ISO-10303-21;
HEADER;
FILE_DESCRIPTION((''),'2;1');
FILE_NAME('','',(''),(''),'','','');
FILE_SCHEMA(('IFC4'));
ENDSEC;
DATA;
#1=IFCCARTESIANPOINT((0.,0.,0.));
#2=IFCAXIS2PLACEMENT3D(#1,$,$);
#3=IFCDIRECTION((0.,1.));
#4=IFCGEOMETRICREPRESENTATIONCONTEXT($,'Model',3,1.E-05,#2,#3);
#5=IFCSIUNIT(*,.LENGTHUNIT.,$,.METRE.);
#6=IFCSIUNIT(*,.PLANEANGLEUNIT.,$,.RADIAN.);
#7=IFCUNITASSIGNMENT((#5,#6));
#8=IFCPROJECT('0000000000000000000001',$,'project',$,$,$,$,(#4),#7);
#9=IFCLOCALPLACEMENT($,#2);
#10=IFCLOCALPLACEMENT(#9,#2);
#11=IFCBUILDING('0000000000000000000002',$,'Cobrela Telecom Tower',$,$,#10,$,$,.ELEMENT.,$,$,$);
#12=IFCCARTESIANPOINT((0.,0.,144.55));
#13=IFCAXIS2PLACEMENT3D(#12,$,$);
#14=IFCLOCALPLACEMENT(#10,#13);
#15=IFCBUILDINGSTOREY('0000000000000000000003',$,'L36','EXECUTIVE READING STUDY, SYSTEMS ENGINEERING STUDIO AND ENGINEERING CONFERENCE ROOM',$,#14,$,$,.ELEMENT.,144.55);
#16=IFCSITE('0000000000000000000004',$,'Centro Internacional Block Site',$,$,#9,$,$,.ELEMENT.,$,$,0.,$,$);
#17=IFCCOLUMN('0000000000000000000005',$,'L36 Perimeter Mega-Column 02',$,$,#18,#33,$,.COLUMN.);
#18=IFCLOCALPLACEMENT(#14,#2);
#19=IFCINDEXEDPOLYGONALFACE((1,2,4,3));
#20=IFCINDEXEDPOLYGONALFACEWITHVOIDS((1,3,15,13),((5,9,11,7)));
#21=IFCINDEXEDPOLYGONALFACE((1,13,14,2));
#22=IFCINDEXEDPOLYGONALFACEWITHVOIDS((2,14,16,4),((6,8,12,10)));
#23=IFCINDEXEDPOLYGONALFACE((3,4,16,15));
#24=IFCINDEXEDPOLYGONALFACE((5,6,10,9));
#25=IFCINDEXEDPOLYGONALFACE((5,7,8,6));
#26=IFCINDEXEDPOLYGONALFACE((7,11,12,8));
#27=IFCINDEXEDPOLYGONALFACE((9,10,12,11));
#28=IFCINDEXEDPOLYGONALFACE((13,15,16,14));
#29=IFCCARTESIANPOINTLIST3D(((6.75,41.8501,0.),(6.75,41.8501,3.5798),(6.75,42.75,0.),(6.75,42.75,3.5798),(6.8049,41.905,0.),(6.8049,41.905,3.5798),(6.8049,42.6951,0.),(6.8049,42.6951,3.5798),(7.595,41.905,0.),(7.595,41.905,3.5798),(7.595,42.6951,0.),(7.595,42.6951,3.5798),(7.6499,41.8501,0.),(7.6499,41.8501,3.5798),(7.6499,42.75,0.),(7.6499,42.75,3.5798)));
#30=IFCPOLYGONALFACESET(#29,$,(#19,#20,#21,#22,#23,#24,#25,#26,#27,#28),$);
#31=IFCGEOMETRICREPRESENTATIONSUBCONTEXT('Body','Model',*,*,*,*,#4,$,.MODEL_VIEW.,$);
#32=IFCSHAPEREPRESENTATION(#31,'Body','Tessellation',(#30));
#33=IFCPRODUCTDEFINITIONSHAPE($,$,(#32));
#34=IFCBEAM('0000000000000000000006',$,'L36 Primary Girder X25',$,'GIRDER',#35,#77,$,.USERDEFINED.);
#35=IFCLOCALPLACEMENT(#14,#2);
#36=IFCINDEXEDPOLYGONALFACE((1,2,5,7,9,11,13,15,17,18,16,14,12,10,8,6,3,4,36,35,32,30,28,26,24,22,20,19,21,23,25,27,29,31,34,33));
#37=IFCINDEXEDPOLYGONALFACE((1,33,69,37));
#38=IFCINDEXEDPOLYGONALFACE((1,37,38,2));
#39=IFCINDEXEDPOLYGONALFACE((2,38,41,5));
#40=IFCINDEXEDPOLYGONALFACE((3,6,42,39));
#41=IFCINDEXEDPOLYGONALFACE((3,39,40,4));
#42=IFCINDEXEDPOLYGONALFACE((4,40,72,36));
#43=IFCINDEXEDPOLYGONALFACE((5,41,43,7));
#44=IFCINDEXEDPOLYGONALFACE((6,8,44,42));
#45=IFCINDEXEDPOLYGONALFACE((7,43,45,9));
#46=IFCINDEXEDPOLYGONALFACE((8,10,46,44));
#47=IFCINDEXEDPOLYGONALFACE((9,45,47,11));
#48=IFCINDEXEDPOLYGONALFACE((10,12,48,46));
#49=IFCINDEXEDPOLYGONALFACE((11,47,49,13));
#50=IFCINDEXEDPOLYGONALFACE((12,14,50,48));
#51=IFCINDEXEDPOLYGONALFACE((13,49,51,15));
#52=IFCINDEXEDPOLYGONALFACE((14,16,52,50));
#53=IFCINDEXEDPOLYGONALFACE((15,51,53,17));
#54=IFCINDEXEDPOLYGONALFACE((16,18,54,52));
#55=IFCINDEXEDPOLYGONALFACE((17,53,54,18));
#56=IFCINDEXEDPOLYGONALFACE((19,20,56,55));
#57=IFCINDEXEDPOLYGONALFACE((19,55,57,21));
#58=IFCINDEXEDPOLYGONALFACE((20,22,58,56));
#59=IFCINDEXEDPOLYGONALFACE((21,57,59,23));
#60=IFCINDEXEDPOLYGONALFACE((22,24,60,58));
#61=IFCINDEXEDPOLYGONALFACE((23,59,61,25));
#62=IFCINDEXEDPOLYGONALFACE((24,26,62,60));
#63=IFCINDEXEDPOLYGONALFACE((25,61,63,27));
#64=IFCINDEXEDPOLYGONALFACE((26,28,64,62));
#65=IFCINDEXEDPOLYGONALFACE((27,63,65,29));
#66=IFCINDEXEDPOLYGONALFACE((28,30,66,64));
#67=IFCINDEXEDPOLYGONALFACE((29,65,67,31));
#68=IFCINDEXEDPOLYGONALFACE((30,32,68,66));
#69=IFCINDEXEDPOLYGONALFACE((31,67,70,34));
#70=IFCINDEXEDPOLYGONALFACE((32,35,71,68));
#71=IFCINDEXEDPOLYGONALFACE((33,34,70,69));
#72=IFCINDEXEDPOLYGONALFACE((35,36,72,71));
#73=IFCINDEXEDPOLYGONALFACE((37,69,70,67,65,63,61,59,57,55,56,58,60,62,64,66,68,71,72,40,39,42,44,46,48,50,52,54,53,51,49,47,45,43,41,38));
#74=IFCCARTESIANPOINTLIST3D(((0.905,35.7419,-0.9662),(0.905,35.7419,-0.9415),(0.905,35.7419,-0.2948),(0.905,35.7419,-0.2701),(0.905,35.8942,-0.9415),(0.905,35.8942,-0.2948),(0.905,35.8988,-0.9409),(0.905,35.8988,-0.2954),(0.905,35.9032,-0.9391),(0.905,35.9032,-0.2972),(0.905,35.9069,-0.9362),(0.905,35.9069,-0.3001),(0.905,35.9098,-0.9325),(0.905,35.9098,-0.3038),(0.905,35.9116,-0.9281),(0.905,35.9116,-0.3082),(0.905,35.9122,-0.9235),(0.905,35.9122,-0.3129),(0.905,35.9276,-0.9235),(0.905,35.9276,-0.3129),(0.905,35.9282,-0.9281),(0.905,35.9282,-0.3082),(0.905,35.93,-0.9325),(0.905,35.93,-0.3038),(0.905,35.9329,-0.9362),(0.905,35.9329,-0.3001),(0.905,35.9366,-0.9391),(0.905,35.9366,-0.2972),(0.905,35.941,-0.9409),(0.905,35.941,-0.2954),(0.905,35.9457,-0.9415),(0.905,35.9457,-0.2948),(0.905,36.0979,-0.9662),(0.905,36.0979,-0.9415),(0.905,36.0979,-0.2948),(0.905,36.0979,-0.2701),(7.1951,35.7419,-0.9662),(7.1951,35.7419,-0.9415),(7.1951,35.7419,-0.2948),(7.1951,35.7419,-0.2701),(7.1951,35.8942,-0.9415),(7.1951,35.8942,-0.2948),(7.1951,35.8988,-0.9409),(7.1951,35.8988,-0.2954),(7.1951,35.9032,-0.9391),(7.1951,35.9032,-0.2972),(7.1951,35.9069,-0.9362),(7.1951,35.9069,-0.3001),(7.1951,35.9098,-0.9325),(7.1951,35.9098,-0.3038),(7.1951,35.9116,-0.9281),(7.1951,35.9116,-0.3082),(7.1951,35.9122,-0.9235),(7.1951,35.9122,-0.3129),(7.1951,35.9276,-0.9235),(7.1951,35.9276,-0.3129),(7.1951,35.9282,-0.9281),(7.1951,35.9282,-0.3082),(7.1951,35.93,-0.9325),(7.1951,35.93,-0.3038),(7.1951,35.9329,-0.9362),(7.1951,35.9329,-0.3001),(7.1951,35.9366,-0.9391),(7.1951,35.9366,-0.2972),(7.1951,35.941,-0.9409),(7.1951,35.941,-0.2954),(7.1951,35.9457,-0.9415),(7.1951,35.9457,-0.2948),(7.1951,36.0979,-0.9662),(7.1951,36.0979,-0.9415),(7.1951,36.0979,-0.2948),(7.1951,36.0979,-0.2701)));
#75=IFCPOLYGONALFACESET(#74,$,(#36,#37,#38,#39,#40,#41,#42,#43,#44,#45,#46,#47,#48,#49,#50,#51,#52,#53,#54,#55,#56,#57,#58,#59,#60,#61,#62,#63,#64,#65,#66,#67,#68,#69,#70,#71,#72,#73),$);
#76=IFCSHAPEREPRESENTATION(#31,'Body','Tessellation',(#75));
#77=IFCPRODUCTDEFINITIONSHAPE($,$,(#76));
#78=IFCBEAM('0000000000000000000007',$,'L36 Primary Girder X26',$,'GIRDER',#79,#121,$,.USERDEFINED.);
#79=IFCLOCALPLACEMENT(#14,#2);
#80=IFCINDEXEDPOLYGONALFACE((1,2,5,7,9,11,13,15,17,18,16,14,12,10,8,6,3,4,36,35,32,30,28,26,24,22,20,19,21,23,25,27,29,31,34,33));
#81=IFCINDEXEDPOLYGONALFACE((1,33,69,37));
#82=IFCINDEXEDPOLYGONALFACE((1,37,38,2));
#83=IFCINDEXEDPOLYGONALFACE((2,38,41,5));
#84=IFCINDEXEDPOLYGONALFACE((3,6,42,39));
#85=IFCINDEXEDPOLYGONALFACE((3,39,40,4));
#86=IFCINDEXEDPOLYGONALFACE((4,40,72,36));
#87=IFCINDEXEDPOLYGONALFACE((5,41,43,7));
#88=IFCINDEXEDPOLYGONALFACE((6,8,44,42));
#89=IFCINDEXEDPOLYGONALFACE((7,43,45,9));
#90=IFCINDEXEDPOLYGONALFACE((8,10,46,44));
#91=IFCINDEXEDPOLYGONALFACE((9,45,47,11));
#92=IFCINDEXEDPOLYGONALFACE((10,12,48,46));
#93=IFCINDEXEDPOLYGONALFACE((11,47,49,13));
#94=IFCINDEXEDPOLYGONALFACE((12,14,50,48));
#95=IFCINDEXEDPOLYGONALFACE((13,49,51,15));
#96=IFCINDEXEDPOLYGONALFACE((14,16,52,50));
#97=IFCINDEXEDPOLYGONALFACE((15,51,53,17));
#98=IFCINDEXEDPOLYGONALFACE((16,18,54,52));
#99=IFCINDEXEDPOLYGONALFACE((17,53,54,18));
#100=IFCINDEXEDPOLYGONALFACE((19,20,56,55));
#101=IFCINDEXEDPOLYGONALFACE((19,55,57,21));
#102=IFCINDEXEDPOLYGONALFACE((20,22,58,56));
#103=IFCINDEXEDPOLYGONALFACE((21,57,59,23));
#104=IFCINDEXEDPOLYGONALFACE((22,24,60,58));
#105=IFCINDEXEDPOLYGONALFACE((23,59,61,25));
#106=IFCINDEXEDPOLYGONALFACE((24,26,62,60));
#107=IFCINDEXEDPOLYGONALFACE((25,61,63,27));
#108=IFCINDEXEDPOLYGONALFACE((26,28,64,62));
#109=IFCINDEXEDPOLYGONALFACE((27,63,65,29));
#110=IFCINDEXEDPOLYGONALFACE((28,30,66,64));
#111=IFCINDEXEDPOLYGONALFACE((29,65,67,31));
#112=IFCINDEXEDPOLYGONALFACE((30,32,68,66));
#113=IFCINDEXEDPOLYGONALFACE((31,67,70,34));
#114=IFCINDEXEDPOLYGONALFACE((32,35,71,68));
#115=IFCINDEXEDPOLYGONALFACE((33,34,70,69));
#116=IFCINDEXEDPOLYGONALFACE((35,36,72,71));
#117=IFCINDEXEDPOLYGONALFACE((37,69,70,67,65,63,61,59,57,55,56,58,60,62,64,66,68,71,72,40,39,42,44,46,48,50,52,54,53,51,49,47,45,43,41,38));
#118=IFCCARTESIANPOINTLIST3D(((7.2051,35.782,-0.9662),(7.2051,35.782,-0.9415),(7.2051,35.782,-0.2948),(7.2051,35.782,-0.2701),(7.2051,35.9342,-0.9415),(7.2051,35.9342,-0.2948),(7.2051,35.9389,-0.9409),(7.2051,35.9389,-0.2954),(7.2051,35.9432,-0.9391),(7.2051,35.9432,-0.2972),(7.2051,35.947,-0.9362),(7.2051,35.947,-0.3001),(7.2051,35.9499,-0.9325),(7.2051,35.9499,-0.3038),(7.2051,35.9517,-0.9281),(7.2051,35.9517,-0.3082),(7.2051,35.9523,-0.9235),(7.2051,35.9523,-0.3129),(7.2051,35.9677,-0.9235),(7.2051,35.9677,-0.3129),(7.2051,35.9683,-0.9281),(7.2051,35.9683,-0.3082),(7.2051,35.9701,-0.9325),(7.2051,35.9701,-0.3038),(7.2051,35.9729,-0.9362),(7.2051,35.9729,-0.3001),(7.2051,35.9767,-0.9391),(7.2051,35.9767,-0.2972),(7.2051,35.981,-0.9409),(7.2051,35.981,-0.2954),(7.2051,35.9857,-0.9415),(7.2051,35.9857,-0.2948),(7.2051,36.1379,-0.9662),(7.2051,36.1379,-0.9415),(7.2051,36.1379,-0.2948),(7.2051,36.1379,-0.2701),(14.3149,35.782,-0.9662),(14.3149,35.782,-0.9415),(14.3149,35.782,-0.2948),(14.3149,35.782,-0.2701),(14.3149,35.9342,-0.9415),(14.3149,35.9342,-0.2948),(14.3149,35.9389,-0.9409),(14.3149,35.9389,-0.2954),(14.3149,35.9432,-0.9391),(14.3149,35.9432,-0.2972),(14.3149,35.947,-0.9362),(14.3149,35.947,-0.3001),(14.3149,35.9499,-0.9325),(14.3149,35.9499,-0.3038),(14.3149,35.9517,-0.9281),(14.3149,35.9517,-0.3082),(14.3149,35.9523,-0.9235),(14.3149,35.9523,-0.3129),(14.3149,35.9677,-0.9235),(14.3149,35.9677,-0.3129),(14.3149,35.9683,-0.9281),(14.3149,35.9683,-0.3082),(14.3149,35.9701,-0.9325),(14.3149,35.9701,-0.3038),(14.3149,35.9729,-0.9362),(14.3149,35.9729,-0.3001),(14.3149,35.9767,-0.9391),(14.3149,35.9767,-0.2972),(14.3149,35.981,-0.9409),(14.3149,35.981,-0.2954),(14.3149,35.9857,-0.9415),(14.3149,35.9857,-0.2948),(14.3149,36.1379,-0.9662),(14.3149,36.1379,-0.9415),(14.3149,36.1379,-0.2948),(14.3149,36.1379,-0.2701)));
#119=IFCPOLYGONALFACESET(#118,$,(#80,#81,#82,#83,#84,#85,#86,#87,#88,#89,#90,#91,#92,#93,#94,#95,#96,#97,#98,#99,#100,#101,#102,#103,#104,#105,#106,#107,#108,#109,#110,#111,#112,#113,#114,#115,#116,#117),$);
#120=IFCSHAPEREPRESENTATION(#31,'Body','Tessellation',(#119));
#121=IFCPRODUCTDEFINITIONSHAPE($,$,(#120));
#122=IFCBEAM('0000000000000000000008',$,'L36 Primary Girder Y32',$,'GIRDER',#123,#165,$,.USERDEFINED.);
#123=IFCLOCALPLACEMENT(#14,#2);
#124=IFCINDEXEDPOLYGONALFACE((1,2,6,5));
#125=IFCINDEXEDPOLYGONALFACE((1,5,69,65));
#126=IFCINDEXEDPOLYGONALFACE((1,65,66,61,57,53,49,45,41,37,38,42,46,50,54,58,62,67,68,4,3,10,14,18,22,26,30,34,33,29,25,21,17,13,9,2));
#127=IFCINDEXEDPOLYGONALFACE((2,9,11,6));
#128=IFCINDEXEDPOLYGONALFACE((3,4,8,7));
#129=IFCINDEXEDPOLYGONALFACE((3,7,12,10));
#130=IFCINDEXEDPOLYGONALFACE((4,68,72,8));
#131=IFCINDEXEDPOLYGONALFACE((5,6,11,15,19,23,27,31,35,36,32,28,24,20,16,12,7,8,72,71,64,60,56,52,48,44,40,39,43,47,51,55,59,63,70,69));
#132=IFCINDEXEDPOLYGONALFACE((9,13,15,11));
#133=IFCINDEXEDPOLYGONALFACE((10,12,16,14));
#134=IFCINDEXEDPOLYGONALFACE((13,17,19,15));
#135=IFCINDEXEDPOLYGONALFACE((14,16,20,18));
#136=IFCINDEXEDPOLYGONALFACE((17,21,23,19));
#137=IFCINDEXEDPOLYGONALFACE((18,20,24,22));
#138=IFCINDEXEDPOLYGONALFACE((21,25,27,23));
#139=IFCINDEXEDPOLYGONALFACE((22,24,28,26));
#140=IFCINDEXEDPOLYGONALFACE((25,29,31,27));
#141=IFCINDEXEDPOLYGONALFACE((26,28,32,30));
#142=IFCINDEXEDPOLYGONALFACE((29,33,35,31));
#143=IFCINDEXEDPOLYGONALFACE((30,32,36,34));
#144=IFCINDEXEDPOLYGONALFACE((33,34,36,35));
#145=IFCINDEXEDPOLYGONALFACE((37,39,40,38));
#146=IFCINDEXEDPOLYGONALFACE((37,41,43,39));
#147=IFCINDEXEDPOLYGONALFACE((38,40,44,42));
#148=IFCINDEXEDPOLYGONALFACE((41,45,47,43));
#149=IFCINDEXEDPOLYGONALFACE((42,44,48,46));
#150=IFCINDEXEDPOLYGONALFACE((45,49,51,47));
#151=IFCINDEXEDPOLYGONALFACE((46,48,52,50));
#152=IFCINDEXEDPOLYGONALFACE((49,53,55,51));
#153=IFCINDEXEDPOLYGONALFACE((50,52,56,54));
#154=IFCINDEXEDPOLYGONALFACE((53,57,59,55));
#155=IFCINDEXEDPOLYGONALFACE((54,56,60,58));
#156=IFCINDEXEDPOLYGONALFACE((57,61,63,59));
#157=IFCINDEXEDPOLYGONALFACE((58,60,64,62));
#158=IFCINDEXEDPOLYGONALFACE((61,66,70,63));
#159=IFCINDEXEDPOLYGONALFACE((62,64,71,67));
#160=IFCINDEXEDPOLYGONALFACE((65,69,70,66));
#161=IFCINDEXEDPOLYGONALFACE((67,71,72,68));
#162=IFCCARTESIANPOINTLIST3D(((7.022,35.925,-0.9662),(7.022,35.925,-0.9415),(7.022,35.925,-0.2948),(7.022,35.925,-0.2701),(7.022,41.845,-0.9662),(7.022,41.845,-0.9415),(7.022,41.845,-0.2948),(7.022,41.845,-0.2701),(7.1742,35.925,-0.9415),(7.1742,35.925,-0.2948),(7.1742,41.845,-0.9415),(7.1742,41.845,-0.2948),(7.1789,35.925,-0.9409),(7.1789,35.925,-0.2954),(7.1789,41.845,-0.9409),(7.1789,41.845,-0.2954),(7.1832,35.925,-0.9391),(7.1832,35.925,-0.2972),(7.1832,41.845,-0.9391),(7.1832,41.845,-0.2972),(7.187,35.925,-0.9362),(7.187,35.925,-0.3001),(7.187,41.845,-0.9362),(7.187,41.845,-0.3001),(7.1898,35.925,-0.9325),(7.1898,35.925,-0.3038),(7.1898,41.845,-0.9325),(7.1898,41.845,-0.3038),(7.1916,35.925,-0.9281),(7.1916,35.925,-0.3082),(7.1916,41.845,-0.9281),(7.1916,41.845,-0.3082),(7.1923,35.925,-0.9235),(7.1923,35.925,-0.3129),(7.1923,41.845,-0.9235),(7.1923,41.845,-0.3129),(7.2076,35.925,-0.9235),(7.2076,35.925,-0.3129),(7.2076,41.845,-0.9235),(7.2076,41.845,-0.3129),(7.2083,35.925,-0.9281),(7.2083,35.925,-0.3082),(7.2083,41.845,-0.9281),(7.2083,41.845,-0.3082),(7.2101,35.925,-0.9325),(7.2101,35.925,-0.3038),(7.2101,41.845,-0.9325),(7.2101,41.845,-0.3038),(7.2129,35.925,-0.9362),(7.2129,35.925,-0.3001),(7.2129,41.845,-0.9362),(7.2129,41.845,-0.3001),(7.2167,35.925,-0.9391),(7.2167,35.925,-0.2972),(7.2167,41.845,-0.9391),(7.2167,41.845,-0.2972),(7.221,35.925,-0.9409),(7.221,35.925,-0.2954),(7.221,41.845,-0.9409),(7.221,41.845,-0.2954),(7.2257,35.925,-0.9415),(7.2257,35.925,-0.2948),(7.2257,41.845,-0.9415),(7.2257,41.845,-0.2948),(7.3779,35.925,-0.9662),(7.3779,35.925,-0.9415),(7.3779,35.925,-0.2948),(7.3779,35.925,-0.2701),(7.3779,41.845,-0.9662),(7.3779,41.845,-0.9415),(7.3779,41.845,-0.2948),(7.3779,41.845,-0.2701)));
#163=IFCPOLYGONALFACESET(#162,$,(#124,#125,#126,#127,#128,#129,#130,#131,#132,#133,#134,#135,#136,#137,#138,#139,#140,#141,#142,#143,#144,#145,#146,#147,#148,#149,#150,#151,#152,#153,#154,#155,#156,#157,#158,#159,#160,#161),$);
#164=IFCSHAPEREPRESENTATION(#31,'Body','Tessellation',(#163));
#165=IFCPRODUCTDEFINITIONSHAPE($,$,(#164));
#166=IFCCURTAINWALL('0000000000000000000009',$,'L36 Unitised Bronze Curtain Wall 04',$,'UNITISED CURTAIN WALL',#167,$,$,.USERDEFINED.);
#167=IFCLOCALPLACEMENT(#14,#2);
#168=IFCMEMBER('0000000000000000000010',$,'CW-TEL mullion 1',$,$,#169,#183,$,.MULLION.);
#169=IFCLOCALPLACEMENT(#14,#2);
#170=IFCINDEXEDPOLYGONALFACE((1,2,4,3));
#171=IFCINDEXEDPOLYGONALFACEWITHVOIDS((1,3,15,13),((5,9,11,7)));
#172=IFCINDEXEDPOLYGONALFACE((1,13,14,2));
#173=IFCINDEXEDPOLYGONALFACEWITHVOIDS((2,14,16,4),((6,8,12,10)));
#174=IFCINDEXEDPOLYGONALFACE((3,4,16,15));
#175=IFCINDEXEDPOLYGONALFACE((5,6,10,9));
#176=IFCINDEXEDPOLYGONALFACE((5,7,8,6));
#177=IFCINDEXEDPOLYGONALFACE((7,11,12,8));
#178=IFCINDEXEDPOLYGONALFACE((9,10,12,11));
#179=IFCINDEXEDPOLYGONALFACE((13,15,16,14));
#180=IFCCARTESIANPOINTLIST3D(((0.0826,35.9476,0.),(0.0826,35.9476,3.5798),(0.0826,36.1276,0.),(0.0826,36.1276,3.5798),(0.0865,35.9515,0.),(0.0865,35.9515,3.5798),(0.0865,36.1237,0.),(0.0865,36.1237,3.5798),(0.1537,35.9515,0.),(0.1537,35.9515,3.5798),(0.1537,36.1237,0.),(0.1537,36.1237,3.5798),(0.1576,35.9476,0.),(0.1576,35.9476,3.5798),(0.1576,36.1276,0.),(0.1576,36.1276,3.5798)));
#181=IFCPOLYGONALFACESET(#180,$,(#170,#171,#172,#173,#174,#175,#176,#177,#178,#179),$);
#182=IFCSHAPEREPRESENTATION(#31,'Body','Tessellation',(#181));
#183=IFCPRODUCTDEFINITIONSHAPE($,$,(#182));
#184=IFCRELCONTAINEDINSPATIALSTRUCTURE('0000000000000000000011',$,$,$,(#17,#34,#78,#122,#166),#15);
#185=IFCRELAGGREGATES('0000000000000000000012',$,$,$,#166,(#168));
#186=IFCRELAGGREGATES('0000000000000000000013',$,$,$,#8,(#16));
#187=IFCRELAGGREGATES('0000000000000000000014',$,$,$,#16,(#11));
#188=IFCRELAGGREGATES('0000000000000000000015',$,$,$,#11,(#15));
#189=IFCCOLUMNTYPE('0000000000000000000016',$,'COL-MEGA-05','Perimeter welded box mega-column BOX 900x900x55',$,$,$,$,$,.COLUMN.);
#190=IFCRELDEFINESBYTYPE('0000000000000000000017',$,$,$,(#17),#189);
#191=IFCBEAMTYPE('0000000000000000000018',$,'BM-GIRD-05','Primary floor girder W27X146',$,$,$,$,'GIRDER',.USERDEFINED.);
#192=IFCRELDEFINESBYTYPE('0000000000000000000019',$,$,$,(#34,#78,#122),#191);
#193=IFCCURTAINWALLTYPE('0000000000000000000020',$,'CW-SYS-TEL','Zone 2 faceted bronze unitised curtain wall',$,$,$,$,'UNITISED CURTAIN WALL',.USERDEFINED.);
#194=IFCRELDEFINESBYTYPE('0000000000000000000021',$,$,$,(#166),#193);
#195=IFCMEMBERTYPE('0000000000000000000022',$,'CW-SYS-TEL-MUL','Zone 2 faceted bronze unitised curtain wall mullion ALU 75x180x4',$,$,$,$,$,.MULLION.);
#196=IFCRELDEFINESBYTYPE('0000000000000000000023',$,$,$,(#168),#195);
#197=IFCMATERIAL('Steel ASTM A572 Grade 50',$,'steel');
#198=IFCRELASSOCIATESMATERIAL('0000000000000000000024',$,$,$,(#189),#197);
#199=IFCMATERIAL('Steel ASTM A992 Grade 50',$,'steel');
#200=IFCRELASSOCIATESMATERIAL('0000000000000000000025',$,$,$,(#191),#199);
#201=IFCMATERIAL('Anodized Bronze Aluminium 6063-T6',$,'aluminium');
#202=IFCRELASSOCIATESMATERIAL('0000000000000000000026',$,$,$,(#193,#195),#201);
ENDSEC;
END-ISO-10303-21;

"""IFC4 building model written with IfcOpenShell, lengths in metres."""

from ifc_helpers import new_model, si_unit, direction, frame, origin, origin_2d, place, context, subcontext, project, spatial, hollow_rectangle, i_section, extrude, material, material_profile, profile_set, type_object, element, aggregate, save


model = new_model("IFC4")

# Units and contexts
model_context = context("Model", 3, precision=1e-05, world=origin(), true_north=direction((0.0, 1.0)))
body_context = subcontext(model_context, "Body", "Model", "MODEL_VIEW")
ifc_project = project(units=[si_unit("LENGTHUNIT", "METRE"), si_unit("PLANEANGLEUNIT", "RADIAN")], contexts=[model_context])

# Site, building, storey
site_placement = place(None, origin())
site = spatial("IfcSite", under=ifc_project, at=site_placement, Name="Centro Internacional Block Site", CompositionType="ELEMENT", RefElevation=0.0)
building_placement = place(site_placement, origin())
building = spatial("IfcBuilding", under=site, at=building_placement, Name="Cobrela Telecom Tower", CompositionType="ELEMENT")
storey_placement = place(building_placement, frame((0.0, 0.0, 144.55)))
storey = spatial("IfcBuildingStorey", under=building, at=storey_placement, Name="L36", Description="EXECUTIVE READING STUDY, SYSTEMS ENGINEERING STUDIO AND ENGINEERING CONFERENCE ROOM", CompositionType="ELEMENT", Elevation=144.55)

# Column
ifc_material_1 = material(Name="Steel ASTM A572 Grade 50", Category="steel")
ifc_material_profile_1 = material_profile(ifc_material_1, hollow_rectangle(XDim=0.8999, YDim=0.8999, WallThickness=0.0549, at=origin_2d()), Name="BOX 900x900x55")
ifc_profile_set_1 = profile_set([ifc_material_profile_1], Name="Steel ASTM A572 Grade 50")
column_type = type_object("IfcColumnType", Name="COL-MEGA-05", Description="Perimeter welded box mega-column BOX 900x900x55", PredefinedType="COLUMN", material=ifc_profile_set_1)
column_placement = place(storey_placement, frame((7.2, 42.3, 0.0), z_axis=(0.0, 0.0, 1.0), x_axis=(1.0, 0.0, 0.0)))
element("IfcColumn", 1, at=column_placement, inside=storey, type_object=column_type, Name="L36 Perimeter Mega-Column 02", PredefinedType="COLUMN", context=body_context, shape_type="SweptSolid", body=[
    extrude(hollow_rectangle(XDim=0.8999, YDim=0.8999, WallThickness=0.0549, at=origin_2d()), origin(), (0.0, 0.0, 1.0), 3.5798),
])

# Beams
ifc_material_2 = material(Name="Steel ASTM A992 Grade 50", Category="steel")
ifc_material_profile_2 = material_profile(ifc_material_2, i_section(OverallWidth=0.356, OverallDepth=0.696, WebThickness=0.0154, FlangeThickness=0.0247, FilletRadius=0.0181, at=origin_2d()), Name="W27X146")
ifc_profile_set_2 = profile_set([ifc_material_profile_2], Name="Steel ASTM A992 Grade 50")
beam_type = type_object("IfcBeamType", Name="BM-GIRD-05", Description="Primary floor girder W27X146", ElementType="GIRDER", PredefinedType="USERDEFINED", material=ifc_profile_set_2)
beam_1_placement = place(storey_placement, frame((0.905, 35.9199, -0.6182), z_axis=(1.0, 0.0, 0.0), x_axis=(0.0, 1.0, 0.0)))
element("IfcBeam", 2, at=beam_1_placement, inside=storey, type_object=beam_type, Name="L36 Primary Girder X25", ObjectType="GIRDER", PredefinedType="USERDEFINED", context=body_context, shape_type="SweptSolid", body=[
    extrude(i_section(OverallWidth=0.356, OverallDepth=0.696, WebThickness=0.0154, FlangeThickness=0.0247, FilletRadius=0.0181, at=origin_2d()), origin(), (0.0, 0.0, 1.0), 6.29),
])
beam_2_placement = place(storey_placement, frame((7.2051, 35.96, -0.6182), z_axis=(1.0, 0.0, 0.0), x_axis=(0.0, 1.0, 0.0)))
element("IfcBeam", 3, at=beam_2_placement, inside=storey, type_object=beam_type, Name="L36 Primary Girder X26", ObjectType="GIRDER", PredefinedType="USERDEFINED", context=body_context, shape_type="SweptSolid", body=[
    extrude(i_section(OverallWidth=0.356, OverallDepth=0.696, WebThickness=0.0154, FlangeThickness=0.0247, FilletRadius=0.0181, at=origin_2d()), origin(), (0.0, 0.0, 1.0), 7.1099),
])
beam_3_placement = place(storey_placement, frame((7.2, 35.925, -0.6182), z_axis=(0.0, 1.0, 0.0), x_axis=(-1.0, 0.0, 0.0)))
element("IfcBeam", 4, at=beam_3_placement, inside=storey, type_object=beam_type, Name="L36 Primary Girder Y32", ObjectType="GIRDER", PredefinedType="USERDEFINED", context=body_context, shape_type="SweptSolid", body=[
    extrude(i_section(OverallWidth=0.356, OverallDepth=0.696, WebThickness=0.0154, FlangeThickness=0.0247, FilletRadius=0.0181, at=origin_2d()), origin(), (0.0, 0.0, 1.0), 5.9199),
])

# Curtain wall, member
ifc_material_3 = material(Name="Anodized Bronze Aluminium 6063-T6", Category="aluminium")
curtain_wall_type = type_object("IfcCurtainWallType", Name="CW-SYS-TEL", Description="Zone 2 faceted bronze unitised curtain wall", ElementType="UNITISED CURTAIN WALL", PredefinedType="USERDEFINED", material=ifc_material_3)
curtain_wall_1_placement = place(storey_placement, origin())
curtain_wall_1 = element("IfcCurtainWall", 5, at=curtain_wall_1_placement, inside=storey, type_object=curtain_wall_type, Name="L36 Unitised Bronze Curtain Wall 04", ObjectType="UNITISED CURTAIN WALL", PredefinedType="USERDEFINED")
ifc_material_profile_3 = material_profile(ifc_material_3, hollow_rectangle(XDim=0.075, YDim=0.1799, WallThickness=0.0039, at=origin_2d()), Name="ALU 75x180x4")
ifc_profile_set_3 = profile_set([ifc_material_profile_3], Name="Anodized Bronze Aluminium 6063-T6")
member_type_1 = type_object("IfcMemberType", Name="CW-SYS-TEL-MUL", Description="Zone 2 faceted bronze unitised curtain wall mullion ALU 75x180x4", PredefinedType="MULLION", material=ifc_profile_set_3)
member_1_placement = place(storey_placement, frame((0.1201, 36.0376, 0.0), z_axis=(0.0, 0.0, 1.0), x_axis=(-1.0, 0.0, 0.0)))
member_1 = element("IfcMember", 6, at=member_1_placement, type_object=member_type_1, Name="CW-TEL mullion 1", PredefinedType="MULLION", context=body_context, shape_type="SweptSolid", body=[
    extrude(hollow_rectangle(XDim=0.075, YDim=0.1799, WallThickness=0.0039, at=origin_2d()), origin(), (0.0, 0.0, 1.0), 3.5798),
])

aggregate(curtain_wall_1, [member_1])

save(model, "model.ifc")
